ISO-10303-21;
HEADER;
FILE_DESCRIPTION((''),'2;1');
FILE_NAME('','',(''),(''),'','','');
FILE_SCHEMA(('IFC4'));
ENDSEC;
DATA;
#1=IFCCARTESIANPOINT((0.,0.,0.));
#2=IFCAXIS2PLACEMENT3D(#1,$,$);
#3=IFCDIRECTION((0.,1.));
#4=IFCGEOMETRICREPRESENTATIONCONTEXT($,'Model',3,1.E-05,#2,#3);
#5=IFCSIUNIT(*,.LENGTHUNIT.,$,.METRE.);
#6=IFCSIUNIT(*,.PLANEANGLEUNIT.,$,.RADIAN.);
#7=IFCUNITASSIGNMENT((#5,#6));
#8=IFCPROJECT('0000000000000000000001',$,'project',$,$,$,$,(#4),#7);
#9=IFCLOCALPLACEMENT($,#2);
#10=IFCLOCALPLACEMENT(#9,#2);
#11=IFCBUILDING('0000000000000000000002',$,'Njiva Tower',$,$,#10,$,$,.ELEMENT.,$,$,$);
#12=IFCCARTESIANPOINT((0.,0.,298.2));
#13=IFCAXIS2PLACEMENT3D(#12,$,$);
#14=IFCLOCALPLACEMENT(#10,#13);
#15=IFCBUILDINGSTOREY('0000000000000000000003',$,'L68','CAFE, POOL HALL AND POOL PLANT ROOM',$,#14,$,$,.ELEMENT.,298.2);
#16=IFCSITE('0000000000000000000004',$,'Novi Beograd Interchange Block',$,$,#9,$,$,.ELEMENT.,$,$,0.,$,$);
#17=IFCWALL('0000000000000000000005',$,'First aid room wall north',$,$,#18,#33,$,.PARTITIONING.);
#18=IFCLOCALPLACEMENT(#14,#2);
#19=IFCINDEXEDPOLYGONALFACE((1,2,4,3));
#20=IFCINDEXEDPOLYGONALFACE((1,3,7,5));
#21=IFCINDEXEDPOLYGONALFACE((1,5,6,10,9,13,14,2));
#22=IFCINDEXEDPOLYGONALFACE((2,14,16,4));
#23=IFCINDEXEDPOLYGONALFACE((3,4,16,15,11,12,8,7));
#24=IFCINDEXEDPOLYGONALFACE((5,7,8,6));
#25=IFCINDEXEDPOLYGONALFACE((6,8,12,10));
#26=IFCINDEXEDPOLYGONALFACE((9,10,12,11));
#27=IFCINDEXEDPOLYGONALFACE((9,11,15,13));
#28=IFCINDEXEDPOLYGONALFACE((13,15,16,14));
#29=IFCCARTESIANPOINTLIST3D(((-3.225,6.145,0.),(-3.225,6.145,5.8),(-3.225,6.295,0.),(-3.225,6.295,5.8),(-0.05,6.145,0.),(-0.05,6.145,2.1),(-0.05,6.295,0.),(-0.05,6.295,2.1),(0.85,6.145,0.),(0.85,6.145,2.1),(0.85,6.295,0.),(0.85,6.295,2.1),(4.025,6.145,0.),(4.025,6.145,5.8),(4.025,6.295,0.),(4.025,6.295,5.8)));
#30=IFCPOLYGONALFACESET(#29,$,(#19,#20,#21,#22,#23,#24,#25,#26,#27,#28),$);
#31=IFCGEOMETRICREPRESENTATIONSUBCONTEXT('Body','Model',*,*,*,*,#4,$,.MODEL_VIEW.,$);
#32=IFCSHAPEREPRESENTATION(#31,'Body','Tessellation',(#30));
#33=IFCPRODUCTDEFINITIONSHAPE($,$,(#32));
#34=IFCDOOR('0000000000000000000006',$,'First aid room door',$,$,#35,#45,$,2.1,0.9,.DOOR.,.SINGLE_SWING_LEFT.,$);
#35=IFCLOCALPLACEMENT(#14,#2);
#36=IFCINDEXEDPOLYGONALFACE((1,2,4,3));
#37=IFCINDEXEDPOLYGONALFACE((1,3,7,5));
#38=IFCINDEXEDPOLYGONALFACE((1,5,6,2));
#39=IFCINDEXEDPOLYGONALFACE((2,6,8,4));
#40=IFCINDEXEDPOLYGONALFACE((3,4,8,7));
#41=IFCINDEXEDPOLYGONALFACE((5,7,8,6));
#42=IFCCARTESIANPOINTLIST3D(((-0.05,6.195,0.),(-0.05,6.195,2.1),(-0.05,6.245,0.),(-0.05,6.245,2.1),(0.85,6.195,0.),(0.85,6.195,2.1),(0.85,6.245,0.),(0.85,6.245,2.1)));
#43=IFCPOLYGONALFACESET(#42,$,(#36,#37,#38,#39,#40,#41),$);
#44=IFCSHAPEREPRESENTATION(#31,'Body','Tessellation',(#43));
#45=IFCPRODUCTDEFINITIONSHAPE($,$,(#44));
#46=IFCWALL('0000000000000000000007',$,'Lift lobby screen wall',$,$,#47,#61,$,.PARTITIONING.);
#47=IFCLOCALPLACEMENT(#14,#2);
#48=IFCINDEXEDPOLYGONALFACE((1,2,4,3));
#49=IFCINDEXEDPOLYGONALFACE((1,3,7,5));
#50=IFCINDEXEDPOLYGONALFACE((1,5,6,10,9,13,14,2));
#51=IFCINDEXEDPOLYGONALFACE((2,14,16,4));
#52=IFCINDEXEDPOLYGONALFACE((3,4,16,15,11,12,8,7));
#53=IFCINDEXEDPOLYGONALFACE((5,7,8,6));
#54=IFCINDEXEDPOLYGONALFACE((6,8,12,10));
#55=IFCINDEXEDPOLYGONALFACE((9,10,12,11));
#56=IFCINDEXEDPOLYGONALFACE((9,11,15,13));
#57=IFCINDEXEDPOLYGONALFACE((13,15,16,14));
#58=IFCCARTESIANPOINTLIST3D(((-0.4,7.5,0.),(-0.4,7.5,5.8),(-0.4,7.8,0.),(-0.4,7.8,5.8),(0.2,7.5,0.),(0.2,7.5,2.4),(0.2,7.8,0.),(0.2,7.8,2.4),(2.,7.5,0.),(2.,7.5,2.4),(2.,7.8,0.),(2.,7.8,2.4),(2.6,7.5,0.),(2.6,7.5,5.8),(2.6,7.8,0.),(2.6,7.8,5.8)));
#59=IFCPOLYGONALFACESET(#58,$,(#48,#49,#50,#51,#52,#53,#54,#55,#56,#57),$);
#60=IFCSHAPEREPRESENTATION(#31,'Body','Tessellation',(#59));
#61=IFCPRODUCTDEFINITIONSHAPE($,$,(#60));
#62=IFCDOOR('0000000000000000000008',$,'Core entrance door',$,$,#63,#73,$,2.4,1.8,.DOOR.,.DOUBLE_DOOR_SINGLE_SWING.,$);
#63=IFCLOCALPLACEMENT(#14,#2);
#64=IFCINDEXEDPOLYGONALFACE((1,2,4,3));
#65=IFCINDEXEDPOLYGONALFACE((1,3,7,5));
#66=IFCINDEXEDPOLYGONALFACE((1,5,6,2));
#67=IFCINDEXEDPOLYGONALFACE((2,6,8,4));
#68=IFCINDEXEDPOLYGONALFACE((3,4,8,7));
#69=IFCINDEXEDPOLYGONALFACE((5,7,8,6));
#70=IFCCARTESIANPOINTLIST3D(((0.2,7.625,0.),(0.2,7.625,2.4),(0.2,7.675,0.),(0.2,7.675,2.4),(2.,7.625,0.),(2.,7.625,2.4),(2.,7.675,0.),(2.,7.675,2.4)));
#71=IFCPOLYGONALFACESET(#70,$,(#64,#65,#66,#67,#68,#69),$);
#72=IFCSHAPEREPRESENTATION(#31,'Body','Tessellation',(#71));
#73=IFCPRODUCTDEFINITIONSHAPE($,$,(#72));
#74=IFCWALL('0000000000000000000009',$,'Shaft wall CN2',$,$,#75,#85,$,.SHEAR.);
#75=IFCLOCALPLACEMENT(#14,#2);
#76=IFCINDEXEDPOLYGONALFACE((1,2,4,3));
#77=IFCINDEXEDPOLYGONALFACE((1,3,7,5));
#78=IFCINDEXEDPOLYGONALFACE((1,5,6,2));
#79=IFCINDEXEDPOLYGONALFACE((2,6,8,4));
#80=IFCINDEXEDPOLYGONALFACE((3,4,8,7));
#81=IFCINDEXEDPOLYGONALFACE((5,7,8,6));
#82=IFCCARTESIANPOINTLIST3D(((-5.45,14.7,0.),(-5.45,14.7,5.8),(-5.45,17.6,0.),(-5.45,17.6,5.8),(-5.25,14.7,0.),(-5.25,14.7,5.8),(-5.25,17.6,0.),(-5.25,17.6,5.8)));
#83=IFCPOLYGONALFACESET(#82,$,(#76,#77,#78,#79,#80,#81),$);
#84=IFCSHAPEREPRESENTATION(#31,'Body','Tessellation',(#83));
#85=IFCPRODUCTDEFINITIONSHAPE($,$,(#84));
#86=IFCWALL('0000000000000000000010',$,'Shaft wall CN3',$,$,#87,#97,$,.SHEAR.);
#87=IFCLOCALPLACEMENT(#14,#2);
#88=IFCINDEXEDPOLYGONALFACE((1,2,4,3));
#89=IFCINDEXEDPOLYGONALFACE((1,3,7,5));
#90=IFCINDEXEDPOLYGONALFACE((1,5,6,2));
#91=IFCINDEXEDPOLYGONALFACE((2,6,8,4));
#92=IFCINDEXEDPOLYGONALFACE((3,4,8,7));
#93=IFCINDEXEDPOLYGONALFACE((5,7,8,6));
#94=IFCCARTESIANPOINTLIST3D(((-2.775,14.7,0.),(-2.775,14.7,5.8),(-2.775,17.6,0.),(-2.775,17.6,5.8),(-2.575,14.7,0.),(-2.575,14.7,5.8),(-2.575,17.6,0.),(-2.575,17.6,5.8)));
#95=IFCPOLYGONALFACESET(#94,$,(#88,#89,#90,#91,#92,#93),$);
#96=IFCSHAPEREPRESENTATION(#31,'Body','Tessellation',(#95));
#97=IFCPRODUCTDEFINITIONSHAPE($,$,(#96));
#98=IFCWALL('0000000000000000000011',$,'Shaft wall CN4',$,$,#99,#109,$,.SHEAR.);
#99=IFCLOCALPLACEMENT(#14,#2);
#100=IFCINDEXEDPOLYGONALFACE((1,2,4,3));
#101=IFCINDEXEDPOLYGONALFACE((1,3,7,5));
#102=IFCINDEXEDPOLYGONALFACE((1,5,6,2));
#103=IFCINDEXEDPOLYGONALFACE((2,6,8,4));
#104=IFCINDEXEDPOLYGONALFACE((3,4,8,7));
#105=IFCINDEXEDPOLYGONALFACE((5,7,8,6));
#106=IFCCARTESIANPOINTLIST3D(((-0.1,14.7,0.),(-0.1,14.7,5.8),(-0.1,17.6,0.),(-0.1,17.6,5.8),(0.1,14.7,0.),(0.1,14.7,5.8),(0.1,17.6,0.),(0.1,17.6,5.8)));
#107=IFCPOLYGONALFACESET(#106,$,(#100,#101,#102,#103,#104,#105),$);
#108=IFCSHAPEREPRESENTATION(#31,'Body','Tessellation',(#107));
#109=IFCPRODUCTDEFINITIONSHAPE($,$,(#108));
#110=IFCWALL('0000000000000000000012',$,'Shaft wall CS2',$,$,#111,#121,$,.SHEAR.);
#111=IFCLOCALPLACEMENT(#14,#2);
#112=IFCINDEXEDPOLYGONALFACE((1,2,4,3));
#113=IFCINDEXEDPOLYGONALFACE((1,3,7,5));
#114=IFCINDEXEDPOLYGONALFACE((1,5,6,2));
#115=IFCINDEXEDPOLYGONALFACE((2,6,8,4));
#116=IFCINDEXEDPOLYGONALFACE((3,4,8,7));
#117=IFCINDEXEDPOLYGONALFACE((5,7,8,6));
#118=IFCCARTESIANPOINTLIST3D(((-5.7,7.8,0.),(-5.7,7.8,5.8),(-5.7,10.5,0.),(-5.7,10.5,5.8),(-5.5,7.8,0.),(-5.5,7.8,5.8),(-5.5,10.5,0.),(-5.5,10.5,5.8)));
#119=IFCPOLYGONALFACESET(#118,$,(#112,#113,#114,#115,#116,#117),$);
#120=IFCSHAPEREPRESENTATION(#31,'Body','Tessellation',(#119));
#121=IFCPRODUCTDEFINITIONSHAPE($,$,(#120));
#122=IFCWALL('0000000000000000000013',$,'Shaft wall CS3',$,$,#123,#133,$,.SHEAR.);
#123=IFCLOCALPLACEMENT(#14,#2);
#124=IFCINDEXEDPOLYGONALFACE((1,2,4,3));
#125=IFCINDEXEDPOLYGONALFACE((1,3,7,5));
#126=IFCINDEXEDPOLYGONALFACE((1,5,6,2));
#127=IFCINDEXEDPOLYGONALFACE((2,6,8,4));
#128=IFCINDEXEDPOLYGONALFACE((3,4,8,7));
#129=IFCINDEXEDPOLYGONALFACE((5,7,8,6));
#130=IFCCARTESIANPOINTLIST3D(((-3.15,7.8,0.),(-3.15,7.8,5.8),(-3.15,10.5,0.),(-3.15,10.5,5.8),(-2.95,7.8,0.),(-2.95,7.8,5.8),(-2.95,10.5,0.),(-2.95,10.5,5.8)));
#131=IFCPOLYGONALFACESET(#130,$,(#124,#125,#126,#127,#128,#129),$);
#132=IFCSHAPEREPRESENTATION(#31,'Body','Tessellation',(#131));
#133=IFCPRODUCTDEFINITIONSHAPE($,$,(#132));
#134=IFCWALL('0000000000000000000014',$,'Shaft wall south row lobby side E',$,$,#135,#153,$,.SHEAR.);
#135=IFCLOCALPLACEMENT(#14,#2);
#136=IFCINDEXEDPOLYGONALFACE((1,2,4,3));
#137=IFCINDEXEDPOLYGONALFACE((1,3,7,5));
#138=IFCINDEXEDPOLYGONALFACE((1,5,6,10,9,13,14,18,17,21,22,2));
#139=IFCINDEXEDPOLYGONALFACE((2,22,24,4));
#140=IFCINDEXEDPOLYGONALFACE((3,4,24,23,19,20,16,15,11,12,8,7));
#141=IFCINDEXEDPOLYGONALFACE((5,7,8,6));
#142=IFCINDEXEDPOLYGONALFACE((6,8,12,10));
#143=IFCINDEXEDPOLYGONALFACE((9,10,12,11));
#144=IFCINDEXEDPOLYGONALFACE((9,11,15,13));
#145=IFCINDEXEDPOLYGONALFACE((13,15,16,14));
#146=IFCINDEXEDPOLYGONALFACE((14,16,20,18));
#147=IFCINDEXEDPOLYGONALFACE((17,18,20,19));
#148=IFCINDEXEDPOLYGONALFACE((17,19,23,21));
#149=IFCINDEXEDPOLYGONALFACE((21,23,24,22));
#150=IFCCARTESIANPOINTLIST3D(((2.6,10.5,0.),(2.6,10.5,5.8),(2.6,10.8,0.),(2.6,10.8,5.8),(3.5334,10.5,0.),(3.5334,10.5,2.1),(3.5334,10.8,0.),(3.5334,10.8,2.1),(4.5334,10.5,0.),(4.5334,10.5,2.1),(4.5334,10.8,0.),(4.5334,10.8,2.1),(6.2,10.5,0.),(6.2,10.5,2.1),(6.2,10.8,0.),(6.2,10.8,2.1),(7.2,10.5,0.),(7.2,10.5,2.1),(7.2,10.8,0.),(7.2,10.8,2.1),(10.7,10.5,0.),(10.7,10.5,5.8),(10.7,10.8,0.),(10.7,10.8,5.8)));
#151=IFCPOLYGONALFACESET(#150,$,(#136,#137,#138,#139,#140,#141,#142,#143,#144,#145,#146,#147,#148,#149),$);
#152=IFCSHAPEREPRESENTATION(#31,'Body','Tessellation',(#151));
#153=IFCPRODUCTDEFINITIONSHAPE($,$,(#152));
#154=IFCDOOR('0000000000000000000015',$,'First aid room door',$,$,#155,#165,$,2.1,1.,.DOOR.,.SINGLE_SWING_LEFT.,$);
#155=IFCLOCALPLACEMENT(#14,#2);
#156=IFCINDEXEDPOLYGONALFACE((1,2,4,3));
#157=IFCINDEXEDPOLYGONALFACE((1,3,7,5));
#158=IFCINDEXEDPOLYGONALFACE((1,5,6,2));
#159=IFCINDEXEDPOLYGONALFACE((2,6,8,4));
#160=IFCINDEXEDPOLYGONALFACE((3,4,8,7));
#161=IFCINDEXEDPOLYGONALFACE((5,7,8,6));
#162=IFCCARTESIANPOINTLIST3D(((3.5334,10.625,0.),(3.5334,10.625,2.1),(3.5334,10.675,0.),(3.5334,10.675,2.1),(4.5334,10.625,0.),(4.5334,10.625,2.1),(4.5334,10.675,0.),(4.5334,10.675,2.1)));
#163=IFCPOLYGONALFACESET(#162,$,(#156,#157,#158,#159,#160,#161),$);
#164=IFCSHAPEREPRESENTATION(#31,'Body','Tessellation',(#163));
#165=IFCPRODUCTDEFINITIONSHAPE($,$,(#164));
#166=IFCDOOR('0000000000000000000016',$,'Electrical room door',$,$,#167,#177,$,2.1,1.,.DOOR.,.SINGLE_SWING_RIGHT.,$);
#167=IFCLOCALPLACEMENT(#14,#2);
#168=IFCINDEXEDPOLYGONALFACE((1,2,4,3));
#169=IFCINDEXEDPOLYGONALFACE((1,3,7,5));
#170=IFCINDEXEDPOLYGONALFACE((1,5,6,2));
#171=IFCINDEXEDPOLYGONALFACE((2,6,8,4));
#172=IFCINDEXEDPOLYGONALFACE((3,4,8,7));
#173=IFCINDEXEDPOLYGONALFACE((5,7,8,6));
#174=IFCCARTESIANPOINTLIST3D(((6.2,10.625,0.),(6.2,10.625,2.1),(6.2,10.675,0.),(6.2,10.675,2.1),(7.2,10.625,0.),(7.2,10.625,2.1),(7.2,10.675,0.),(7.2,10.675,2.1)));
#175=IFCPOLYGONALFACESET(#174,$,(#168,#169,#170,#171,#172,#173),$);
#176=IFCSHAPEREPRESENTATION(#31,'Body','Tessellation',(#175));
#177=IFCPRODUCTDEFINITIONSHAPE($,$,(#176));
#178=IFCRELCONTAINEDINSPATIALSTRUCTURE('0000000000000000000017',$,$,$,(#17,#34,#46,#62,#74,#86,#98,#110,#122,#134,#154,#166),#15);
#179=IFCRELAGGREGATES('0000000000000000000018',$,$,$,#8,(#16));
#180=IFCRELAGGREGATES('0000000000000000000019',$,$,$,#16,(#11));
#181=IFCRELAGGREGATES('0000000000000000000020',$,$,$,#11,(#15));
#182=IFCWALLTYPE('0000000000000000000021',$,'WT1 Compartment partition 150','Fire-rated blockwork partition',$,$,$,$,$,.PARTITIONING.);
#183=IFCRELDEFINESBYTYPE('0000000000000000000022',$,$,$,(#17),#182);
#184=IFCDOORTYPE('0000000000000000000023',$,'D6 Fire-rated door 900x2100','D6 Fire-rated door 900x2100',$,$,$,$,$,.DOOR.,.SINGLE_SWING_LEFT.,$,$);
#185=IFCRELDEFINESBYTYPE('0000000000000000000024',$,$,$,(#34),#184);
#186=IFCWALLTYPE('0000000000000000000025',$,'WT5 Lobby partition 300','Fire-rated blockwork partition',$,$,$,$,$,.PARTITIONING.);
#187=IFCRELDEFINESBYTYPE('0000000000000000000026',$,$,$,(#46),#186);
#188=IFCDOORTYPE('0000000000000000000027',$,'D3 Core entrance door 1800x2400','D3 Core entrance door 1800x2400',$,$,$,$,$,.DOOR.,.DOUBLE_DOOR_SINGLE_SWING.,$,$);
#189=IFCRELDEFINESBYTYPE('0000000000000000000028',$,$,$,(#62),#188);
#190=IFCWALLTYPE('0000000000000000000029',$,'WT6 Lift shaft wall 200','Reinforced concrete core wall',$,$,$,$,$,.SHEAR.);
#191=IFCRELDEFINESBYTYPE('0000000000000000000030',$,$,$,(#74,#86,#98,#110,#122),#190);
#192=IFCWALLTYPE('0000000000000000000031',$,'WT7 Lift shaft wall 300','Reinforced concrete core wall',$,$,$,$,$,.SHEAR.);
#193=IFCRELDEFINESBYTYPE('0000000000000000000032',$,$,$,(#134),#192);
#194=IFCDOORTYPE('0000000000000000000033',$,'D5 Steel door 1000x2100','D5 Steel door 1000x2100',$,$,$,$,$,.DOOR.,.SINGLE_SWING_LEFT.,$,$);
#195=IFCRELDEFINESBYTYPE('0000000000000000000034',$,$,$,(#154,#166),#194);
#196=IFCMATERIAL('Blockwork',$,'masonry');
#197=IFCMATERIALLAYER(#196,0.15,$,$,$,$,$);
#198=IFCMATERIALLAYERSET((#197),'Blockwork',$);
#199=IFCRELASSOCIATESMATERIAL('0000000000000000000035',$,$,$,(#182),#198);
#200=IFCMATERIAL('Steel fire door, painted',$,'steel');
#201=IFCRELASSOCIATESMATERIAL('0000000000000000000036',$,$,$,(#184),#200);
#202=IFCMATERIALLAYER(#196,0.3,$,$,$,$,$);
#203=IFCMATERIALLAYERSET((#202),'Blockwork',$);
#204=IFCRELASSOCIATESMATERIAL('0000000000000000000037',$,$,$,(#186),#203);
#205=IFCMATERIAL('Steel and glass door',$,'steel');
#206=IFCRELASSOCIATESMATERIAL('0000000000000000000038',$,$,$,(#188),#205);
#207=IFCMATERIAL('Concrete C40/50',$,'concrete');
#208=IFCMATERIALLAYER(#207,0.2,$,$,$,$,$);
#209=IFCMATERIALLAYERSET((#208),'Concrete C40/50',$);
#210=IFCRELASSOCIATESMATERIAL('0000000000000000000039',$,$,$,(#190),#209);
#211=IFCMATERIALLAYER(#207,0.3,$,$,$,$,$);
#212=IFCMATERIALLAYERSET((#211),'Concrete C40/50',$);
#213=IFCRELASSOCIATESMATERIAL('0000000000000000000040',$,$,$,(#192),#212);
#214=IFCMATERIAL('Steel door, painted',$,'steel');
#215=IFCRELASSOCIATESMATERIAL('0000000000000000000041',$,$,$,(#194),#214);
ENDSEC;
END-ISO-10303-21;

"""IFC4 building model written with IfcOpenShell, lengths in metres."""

from ifc_helpers import new_model, si_unit, direction, frame, frame_2d, origin, place, context, subcontext, project, spatial, rectangle, extrude, material, layer, layer_set, type_object, element, fill, save


model = new_model("IFC4")

# Units and contexts
model_context = context("Model", 3, precision=1e-05, world=origin(), true_north=direction((0.0, 1.0)))
body_context = subcontext(model_context, "Body", "Model", "MODEL_VIEW")
ifc_project = project(units=[si_unit("LENGTHUNIT", "METRE"), si_unit("PLANEANGLEUNIT", "RADIAN")], contexts=[model_context])

# Site, building, storey
site_placement = place(None, origin())
site = spatial("IfcSite", under=ifc_project, at=site_placement, Name="Novi Beograd Interchange Block", CompositionType="ELEMENT", RefElevation=0.0)
building_placement = place(site_placement, origin())
building = spatial("IfcBuilding", under=site, at=building_placement, Name="Njiva Tower", CompositionType="ELEMENT")
storey_placement = place(building_placement, frame((0.0, 0.0, 298.2)))
storey = spatial("IfcBuildingStorey", under=building, at=storey_placement, Name="L68", Description="CAFE, POOL HALL AND POOL PLANT ROOM", CompositionType="ELEMENT", Elevation=298.2)

# Shared definitions
ifc_material_1 = material(Name="Blockwork", Category="masonry")
ifc_layer_1 = layer(ifc_material_1, 0.15)
ifc_layer_set_1 = layer_set([ifc_layer_1], Name="Blockwork")
wall_type_1 = type_object("IfcWallType", Name="WT1 Compartment partition 150", Description="Fire-rated blockwork partition", PredefinedType="PARTITIONING", material=ifc_layer_set_1)

# Walls, openings, doors
wall_1_placement = place(storey_placement, frame((-3.225, 6.22, 0.0), z_axis=(0.0, 0.0, 1.0), x_axis=(1.0, 0.0, 0.0)))
wall_1 = element("IfcWall", 1, at=wall_1_placement, inside=storey, type_object=wall_type_1, Name="First aid room wall north", PredefinedType="PARTITIONING", context=body_context, shape_type="SweptSolid", body=[
    extrude(rectangle(XDim=7.25, YDim=0.15, at=frame_2d((3.625, 0.0))), origin(), (0.0, 0.0, 1.0), 5.8),
])
opening_1_placement = place(wall_1_placement, frame((3.175, 0.0, 0.0)))
opening_1 = element("IfcOpeningElement", 2, at=opening_1_placement, cuts=wall_1, PredefinedType="OPENING", context=body_context, shape_type="SweptSolid", body=[
    extrude(rectangle(XDim=0.9, YDim=2.1, at=frame_2d((0.45, 1.05))), frame((0.0, 0.085, 0.0), z_axis=(0.0, -1.0, 0.0), x_axis=(1.0, 0.0, 0.0)), (0.0, 0.0, 1.0), 0.17),
])
ifc_material_2 = material(Name="Steel fire door, painted", Category="steel")
door_type_1 = type_object("IfcDoorType", Name="D6 Fire-rated door 900x2100", Description="D6 Fire-rated door 900x2100", OperationType="SINGLE_SWING_LEFT", PredefinedType="DOOR", material=ifc_material_2)
door_1_placement = place(opening_1_placement, origin())
door_1 = element("IfcDoor", 3, at=door_1_placement, inside=storey, type_object=door_type_1, Name="First aid room door", OperationType="SINGLE_SWING_LEFT", OverallHeight=2.1, OverallWidth=0.9, PredefinedType="DOOR", context=body_context, shape_type="SweptSolid", body=[
    extrude(rectangle(XDim=0.9, YDim=2.1, at=frame_2d((0.45, 1.05))), frame((0.0, 0.025, 0.0), z_axis=(0.0, -1.0, 0.0), x_axis=(1.0, 0.0, 0.0)), (0.0, 0.0, 1.0), 0.05),
])
fill(opening_1, door_1)
ifc_layer_2 = layer(ifc_material_1, 0.3)
ifc_layer_set_2 = layer_set([ifc_layer_2], Name="Blockwork")
wall_type_2 = type_object("IfcWallType", Name="WT5 Lobby partition 300", Description="Fire-rated blockwork partition", PredefinedType="PARTITIONING", material=ifc_layer_set_2)
wall_2_placement = place(storey_placement, frame((-0.4, 7.65, 0.0), z_axis=(0.0, 0.0, 1.0), x_axis=(1.0, 0.0, 0.0)))
wall_2 = element("IfcWall", 4, at=wall_2_placement, inside=storey, type_object=wall_type_2, Name="Lift lobby screen wall", PredefinedType="PARTITIONING", context=body_context, shape_type="SweptSolid", body=[
    extrude(rectangle(XDim=3.0, YDim=0.3, at=frame_2d((1.5, 0.0))), origin(), (0.0, 0.0, 1.0), 5.8),
])
opening_2_placement = place(wall_2_placement, frame((0.6, 0.0, 0.0)))
opening_2 = element("IfcOpeningElement", 5, at=opening_2_placement, cuts=wall_2, PredefinedType="OPENING", context=body_context, shape_type="SweptSolid", body=[
    extrude(rectangle(XDim=1.8, YDim=2.4, at=frame_2d((0.9, 1.2))), frame((0.0, 0.16, 0.0), z_axis=(0.0, -1.0, 0.0), x_axis=(1.0, 0.0, 0.0)), (0.0, 0.0, 1.0), 0.32),
])
ifc_material_3 = material(Name="Steel and glass door", Category="steel")
door_type_2 = type_object("IfcDoorType", Name="D3 Core entrance door 1800x2400", Description="D3 Core entrance door 1800x2400", OperationType="DOUBLE_DOOR_SINGLE_SWING", PredefinedType="DOOR", material=ifc_material_3)
door_2_placement = place(opening_2_placement, origin())
door_2 = element("IfcDoor", 6, at=door_2_placement, inside=storey, type_object=door_type_2, Name="Core entrance door", OperationType="DOUBLE_DOOR_SINGLE_SWING", OverallHeight=2.4, OverallWidth=1.8, PredefinedType="DOOR", context=body_context, shape_type="SweptSolid", body=[
    extrude(rectangle(XDim=1.8, YDim=2.4, at=frame_2d((0.9, 1.2))), frame((0.0, 0.025, 0.0), z_axis=(0.0, -1.0, 0.0), x_axis=(1.0, 0.0, 0.0)), (0.0, 0.0, 1.0), 0.05),
])
fill(opening_2, door_2)

# Walls
ifc_material_4 = material(Name="Concrete C40/50", Category="concrete")
ifc_layer_3 = layer(ifc_material_4, 0.2)
ifc_layer_set_3 = layer_set([ifc_layer_3], Name="Concrete C40/50")
wall_type_3 = type_object("IfcWallType", Name="WT6 Lift shaft wall 200", Description="Reinforced concrete core wall", PredefinedType="SHEAR", material=ifc_layer_set_3)
for number, where, z_axis, x_axis, name in (
    (7, (-5.35, 14.7, 0.0), (0.0, 0.0, 1.0), (0.0, 1.0, 0.0), "Shaft wall CN2"),
    (8, (-2.675, 14.7, 0.0), (0.0, 0.0, 1.0), (0.0, 1.0, 0.0), "Shaft wall CN3"),
    (9, (0.0, 14.7, 0.0), (0.0, 0.0, 1.0), (0.0, 1.0, 0.0), "Shaft wall CN4"),
):
    element("IfcWall", number, at=place(storey_placement, frame(where, z_axis=z_axis, x_axis=x_axis)), inside=storey, type_object=wall_type_3, Name=name, PredefinedType="SHEAR", context=body_context, shape_type="SweptSolid", body=[
        extrude(rectangle(XDim=2.9, YDim=0.2, at=frame_2d((1.45, 0.0))), origin(), (0.0, 0.0, 1.0), 5.8),
    ])
for number, where, z_axis, x_axis, name in (
    (10, (-5.6, 7.8, 0.0), (0.0, 0.0, 1.0), (0.0, 1.0, 0.0), "Shaft wall CS2"),
    (11, (-3.05, 7.8, 0.0), (0.0, 0.0, 1.0), (0.0, 1.0, 0.0), "Shaft wall CS3"),
):
    element("IfcWall", number, at=place(storey_placement, frame(where, z_axis=z_axis, x_axis=x_axis)), inside=storey, type_object=wall_type_3, Name=name, PredefinedType="SHEAR", context=body_context, shape_type="SweptSolid", body=[
        extrude(rectangle(XDim=2.7, YDim=0.2, at=frame_2d((1.35, 0.0))), origin(), (0.0, 0.0, 1.0), 5.8),
    ])

# Wall, openings, doors
ifc_layer_4 = layer(ifc_material_4, 0.3)
ifc_layer_set_4 = layer_set([ifc_layer_4], Name="Concrete C40/50")
wall_type_4 = type_object("IfcWallType", Name="WT7 Lift shaft wall 300", Description="Reinforced concrete core wall", PredefinedType="SHEAR", material=ifc_layer_set_4)
wall_3_placement = place(storey_placement, frame((2.6, 10.65, 0.0), z_axis=(0.0, 0.0, 1.0), x_axis=(1.0, 0.0, 0.0)))
wall_3 = element("IfcWall", 12, at=wall_3_placement, inside=storey, type_object=wall_type_4, Name="Shaft wall south row lobby side E", PredefinedType="SHEAR", context=body_context, shape_type="SweptSolid", body=[
    extrude(rectangle(XDim=8.1, YDim=0.3, at=frame_2d((4.05, 0.0))), origin(), (0.0, 0.0, 1.0), 5.8),
])
opening_3_placement = place(wall_3_placement, frame((0.9334, 0.0, 0.0)))
opening_3 = element("IfcOpeningElement", 13, at=opening_3_placement, cuts=wall_3, PredefinedType="OPENING", context=body_context, shape_type="SweptSolid", body=[
    extrude(rectangle(XDim=1.0, YDim=2.1, at=frame_2d((0.5, 1.05))), frame((0.0, 0.16, 0.0), z_axis=(0.0, -1.0, 0.0), x_axis=(1.0, 0.0, 0.0)), (0.0, 0.0, 1.0), 0.32),
])
opening_4_placement = place(wall_3_placement, frame((3.6, 0.0, 0.0)))
opening_4 = element("IfcOpeningElement", 14, at=opening_4_placement, cuts=wall_3, PredefinedType="OPENING", context=body_context, shape_type="SweptSolid", body=[
    extrude(rectangle(XDim=1.0, YDim=2.1, at=frame_2d((0.5, 1.05))), frame((0.0, 0.16, 0.0), z_axis=(0.0, -1.0, 0.0), x_axis=(1.0, 0.0, 0.0)), (0.0, 0.0, 1.0), 0.32),
])
ifc_material_5 = material(Name="Steel door, painted", Category="steel")
door_type_3 = type_object("IfcDoorType", Name="D5 Steel door 1000x2100", Description="D5 Steel door 1000x2100", OperationType="SINGLE_SWING_LEFT", PredefinedType="DOOR", material=ifc_material_5)
door_3_placement = place(opening_3_placement, origin())
door_3 = element("IfcDoor", 15, at=door_3_placement, inside=storey, type_object=door_type_3, Name="First aid room door", OperationType="SINGLE_SWING_LEFT", OverallHeight=2.1, OverallWidth=1.0, PredefinedType="DOOR", context=body_context, shape_type="SweptSolid", body=[
    extrude(rectangle(XDim=1.0, YDim=2.1, at=frame_2d((0.5, 1.05))), frame((0.0, 0.025, 0.0), z_axis=(0.0, -1.0, 0.0), x_axis=(1.0, 0.0, 0.0)), (0.0, 0.0, 1.0), 0.05),
])
fill(opening_3, door_3)
door_4_placement = place(opening_4_placement, origin())
door_4 = element("IfcDoor", 16, at=door_4_placement, inside=storey, type_object=door_type_3, Name="Electrical room door", OperationType="SINGLE_SWING_RIGHT", OverallHeight=2.1, OverallWidth=1.0, PredefinedType="DOOR", context=body_context, shape_type="SweptSolid", body=[
    extrude(rectangle(XDim=1.0, YDim=2.1, at=frame_2d((0.5, 1.05))), frame((0.0, 0.025, 0.0), z_axis=(0.0, -1.0, 0.0), x_axis=(1.0, 0.0, 0.0)), (0.0, 0.0, 1.0), 0.05),
])
fill(opening_4, door_4)

save(model, "model.ifc")
